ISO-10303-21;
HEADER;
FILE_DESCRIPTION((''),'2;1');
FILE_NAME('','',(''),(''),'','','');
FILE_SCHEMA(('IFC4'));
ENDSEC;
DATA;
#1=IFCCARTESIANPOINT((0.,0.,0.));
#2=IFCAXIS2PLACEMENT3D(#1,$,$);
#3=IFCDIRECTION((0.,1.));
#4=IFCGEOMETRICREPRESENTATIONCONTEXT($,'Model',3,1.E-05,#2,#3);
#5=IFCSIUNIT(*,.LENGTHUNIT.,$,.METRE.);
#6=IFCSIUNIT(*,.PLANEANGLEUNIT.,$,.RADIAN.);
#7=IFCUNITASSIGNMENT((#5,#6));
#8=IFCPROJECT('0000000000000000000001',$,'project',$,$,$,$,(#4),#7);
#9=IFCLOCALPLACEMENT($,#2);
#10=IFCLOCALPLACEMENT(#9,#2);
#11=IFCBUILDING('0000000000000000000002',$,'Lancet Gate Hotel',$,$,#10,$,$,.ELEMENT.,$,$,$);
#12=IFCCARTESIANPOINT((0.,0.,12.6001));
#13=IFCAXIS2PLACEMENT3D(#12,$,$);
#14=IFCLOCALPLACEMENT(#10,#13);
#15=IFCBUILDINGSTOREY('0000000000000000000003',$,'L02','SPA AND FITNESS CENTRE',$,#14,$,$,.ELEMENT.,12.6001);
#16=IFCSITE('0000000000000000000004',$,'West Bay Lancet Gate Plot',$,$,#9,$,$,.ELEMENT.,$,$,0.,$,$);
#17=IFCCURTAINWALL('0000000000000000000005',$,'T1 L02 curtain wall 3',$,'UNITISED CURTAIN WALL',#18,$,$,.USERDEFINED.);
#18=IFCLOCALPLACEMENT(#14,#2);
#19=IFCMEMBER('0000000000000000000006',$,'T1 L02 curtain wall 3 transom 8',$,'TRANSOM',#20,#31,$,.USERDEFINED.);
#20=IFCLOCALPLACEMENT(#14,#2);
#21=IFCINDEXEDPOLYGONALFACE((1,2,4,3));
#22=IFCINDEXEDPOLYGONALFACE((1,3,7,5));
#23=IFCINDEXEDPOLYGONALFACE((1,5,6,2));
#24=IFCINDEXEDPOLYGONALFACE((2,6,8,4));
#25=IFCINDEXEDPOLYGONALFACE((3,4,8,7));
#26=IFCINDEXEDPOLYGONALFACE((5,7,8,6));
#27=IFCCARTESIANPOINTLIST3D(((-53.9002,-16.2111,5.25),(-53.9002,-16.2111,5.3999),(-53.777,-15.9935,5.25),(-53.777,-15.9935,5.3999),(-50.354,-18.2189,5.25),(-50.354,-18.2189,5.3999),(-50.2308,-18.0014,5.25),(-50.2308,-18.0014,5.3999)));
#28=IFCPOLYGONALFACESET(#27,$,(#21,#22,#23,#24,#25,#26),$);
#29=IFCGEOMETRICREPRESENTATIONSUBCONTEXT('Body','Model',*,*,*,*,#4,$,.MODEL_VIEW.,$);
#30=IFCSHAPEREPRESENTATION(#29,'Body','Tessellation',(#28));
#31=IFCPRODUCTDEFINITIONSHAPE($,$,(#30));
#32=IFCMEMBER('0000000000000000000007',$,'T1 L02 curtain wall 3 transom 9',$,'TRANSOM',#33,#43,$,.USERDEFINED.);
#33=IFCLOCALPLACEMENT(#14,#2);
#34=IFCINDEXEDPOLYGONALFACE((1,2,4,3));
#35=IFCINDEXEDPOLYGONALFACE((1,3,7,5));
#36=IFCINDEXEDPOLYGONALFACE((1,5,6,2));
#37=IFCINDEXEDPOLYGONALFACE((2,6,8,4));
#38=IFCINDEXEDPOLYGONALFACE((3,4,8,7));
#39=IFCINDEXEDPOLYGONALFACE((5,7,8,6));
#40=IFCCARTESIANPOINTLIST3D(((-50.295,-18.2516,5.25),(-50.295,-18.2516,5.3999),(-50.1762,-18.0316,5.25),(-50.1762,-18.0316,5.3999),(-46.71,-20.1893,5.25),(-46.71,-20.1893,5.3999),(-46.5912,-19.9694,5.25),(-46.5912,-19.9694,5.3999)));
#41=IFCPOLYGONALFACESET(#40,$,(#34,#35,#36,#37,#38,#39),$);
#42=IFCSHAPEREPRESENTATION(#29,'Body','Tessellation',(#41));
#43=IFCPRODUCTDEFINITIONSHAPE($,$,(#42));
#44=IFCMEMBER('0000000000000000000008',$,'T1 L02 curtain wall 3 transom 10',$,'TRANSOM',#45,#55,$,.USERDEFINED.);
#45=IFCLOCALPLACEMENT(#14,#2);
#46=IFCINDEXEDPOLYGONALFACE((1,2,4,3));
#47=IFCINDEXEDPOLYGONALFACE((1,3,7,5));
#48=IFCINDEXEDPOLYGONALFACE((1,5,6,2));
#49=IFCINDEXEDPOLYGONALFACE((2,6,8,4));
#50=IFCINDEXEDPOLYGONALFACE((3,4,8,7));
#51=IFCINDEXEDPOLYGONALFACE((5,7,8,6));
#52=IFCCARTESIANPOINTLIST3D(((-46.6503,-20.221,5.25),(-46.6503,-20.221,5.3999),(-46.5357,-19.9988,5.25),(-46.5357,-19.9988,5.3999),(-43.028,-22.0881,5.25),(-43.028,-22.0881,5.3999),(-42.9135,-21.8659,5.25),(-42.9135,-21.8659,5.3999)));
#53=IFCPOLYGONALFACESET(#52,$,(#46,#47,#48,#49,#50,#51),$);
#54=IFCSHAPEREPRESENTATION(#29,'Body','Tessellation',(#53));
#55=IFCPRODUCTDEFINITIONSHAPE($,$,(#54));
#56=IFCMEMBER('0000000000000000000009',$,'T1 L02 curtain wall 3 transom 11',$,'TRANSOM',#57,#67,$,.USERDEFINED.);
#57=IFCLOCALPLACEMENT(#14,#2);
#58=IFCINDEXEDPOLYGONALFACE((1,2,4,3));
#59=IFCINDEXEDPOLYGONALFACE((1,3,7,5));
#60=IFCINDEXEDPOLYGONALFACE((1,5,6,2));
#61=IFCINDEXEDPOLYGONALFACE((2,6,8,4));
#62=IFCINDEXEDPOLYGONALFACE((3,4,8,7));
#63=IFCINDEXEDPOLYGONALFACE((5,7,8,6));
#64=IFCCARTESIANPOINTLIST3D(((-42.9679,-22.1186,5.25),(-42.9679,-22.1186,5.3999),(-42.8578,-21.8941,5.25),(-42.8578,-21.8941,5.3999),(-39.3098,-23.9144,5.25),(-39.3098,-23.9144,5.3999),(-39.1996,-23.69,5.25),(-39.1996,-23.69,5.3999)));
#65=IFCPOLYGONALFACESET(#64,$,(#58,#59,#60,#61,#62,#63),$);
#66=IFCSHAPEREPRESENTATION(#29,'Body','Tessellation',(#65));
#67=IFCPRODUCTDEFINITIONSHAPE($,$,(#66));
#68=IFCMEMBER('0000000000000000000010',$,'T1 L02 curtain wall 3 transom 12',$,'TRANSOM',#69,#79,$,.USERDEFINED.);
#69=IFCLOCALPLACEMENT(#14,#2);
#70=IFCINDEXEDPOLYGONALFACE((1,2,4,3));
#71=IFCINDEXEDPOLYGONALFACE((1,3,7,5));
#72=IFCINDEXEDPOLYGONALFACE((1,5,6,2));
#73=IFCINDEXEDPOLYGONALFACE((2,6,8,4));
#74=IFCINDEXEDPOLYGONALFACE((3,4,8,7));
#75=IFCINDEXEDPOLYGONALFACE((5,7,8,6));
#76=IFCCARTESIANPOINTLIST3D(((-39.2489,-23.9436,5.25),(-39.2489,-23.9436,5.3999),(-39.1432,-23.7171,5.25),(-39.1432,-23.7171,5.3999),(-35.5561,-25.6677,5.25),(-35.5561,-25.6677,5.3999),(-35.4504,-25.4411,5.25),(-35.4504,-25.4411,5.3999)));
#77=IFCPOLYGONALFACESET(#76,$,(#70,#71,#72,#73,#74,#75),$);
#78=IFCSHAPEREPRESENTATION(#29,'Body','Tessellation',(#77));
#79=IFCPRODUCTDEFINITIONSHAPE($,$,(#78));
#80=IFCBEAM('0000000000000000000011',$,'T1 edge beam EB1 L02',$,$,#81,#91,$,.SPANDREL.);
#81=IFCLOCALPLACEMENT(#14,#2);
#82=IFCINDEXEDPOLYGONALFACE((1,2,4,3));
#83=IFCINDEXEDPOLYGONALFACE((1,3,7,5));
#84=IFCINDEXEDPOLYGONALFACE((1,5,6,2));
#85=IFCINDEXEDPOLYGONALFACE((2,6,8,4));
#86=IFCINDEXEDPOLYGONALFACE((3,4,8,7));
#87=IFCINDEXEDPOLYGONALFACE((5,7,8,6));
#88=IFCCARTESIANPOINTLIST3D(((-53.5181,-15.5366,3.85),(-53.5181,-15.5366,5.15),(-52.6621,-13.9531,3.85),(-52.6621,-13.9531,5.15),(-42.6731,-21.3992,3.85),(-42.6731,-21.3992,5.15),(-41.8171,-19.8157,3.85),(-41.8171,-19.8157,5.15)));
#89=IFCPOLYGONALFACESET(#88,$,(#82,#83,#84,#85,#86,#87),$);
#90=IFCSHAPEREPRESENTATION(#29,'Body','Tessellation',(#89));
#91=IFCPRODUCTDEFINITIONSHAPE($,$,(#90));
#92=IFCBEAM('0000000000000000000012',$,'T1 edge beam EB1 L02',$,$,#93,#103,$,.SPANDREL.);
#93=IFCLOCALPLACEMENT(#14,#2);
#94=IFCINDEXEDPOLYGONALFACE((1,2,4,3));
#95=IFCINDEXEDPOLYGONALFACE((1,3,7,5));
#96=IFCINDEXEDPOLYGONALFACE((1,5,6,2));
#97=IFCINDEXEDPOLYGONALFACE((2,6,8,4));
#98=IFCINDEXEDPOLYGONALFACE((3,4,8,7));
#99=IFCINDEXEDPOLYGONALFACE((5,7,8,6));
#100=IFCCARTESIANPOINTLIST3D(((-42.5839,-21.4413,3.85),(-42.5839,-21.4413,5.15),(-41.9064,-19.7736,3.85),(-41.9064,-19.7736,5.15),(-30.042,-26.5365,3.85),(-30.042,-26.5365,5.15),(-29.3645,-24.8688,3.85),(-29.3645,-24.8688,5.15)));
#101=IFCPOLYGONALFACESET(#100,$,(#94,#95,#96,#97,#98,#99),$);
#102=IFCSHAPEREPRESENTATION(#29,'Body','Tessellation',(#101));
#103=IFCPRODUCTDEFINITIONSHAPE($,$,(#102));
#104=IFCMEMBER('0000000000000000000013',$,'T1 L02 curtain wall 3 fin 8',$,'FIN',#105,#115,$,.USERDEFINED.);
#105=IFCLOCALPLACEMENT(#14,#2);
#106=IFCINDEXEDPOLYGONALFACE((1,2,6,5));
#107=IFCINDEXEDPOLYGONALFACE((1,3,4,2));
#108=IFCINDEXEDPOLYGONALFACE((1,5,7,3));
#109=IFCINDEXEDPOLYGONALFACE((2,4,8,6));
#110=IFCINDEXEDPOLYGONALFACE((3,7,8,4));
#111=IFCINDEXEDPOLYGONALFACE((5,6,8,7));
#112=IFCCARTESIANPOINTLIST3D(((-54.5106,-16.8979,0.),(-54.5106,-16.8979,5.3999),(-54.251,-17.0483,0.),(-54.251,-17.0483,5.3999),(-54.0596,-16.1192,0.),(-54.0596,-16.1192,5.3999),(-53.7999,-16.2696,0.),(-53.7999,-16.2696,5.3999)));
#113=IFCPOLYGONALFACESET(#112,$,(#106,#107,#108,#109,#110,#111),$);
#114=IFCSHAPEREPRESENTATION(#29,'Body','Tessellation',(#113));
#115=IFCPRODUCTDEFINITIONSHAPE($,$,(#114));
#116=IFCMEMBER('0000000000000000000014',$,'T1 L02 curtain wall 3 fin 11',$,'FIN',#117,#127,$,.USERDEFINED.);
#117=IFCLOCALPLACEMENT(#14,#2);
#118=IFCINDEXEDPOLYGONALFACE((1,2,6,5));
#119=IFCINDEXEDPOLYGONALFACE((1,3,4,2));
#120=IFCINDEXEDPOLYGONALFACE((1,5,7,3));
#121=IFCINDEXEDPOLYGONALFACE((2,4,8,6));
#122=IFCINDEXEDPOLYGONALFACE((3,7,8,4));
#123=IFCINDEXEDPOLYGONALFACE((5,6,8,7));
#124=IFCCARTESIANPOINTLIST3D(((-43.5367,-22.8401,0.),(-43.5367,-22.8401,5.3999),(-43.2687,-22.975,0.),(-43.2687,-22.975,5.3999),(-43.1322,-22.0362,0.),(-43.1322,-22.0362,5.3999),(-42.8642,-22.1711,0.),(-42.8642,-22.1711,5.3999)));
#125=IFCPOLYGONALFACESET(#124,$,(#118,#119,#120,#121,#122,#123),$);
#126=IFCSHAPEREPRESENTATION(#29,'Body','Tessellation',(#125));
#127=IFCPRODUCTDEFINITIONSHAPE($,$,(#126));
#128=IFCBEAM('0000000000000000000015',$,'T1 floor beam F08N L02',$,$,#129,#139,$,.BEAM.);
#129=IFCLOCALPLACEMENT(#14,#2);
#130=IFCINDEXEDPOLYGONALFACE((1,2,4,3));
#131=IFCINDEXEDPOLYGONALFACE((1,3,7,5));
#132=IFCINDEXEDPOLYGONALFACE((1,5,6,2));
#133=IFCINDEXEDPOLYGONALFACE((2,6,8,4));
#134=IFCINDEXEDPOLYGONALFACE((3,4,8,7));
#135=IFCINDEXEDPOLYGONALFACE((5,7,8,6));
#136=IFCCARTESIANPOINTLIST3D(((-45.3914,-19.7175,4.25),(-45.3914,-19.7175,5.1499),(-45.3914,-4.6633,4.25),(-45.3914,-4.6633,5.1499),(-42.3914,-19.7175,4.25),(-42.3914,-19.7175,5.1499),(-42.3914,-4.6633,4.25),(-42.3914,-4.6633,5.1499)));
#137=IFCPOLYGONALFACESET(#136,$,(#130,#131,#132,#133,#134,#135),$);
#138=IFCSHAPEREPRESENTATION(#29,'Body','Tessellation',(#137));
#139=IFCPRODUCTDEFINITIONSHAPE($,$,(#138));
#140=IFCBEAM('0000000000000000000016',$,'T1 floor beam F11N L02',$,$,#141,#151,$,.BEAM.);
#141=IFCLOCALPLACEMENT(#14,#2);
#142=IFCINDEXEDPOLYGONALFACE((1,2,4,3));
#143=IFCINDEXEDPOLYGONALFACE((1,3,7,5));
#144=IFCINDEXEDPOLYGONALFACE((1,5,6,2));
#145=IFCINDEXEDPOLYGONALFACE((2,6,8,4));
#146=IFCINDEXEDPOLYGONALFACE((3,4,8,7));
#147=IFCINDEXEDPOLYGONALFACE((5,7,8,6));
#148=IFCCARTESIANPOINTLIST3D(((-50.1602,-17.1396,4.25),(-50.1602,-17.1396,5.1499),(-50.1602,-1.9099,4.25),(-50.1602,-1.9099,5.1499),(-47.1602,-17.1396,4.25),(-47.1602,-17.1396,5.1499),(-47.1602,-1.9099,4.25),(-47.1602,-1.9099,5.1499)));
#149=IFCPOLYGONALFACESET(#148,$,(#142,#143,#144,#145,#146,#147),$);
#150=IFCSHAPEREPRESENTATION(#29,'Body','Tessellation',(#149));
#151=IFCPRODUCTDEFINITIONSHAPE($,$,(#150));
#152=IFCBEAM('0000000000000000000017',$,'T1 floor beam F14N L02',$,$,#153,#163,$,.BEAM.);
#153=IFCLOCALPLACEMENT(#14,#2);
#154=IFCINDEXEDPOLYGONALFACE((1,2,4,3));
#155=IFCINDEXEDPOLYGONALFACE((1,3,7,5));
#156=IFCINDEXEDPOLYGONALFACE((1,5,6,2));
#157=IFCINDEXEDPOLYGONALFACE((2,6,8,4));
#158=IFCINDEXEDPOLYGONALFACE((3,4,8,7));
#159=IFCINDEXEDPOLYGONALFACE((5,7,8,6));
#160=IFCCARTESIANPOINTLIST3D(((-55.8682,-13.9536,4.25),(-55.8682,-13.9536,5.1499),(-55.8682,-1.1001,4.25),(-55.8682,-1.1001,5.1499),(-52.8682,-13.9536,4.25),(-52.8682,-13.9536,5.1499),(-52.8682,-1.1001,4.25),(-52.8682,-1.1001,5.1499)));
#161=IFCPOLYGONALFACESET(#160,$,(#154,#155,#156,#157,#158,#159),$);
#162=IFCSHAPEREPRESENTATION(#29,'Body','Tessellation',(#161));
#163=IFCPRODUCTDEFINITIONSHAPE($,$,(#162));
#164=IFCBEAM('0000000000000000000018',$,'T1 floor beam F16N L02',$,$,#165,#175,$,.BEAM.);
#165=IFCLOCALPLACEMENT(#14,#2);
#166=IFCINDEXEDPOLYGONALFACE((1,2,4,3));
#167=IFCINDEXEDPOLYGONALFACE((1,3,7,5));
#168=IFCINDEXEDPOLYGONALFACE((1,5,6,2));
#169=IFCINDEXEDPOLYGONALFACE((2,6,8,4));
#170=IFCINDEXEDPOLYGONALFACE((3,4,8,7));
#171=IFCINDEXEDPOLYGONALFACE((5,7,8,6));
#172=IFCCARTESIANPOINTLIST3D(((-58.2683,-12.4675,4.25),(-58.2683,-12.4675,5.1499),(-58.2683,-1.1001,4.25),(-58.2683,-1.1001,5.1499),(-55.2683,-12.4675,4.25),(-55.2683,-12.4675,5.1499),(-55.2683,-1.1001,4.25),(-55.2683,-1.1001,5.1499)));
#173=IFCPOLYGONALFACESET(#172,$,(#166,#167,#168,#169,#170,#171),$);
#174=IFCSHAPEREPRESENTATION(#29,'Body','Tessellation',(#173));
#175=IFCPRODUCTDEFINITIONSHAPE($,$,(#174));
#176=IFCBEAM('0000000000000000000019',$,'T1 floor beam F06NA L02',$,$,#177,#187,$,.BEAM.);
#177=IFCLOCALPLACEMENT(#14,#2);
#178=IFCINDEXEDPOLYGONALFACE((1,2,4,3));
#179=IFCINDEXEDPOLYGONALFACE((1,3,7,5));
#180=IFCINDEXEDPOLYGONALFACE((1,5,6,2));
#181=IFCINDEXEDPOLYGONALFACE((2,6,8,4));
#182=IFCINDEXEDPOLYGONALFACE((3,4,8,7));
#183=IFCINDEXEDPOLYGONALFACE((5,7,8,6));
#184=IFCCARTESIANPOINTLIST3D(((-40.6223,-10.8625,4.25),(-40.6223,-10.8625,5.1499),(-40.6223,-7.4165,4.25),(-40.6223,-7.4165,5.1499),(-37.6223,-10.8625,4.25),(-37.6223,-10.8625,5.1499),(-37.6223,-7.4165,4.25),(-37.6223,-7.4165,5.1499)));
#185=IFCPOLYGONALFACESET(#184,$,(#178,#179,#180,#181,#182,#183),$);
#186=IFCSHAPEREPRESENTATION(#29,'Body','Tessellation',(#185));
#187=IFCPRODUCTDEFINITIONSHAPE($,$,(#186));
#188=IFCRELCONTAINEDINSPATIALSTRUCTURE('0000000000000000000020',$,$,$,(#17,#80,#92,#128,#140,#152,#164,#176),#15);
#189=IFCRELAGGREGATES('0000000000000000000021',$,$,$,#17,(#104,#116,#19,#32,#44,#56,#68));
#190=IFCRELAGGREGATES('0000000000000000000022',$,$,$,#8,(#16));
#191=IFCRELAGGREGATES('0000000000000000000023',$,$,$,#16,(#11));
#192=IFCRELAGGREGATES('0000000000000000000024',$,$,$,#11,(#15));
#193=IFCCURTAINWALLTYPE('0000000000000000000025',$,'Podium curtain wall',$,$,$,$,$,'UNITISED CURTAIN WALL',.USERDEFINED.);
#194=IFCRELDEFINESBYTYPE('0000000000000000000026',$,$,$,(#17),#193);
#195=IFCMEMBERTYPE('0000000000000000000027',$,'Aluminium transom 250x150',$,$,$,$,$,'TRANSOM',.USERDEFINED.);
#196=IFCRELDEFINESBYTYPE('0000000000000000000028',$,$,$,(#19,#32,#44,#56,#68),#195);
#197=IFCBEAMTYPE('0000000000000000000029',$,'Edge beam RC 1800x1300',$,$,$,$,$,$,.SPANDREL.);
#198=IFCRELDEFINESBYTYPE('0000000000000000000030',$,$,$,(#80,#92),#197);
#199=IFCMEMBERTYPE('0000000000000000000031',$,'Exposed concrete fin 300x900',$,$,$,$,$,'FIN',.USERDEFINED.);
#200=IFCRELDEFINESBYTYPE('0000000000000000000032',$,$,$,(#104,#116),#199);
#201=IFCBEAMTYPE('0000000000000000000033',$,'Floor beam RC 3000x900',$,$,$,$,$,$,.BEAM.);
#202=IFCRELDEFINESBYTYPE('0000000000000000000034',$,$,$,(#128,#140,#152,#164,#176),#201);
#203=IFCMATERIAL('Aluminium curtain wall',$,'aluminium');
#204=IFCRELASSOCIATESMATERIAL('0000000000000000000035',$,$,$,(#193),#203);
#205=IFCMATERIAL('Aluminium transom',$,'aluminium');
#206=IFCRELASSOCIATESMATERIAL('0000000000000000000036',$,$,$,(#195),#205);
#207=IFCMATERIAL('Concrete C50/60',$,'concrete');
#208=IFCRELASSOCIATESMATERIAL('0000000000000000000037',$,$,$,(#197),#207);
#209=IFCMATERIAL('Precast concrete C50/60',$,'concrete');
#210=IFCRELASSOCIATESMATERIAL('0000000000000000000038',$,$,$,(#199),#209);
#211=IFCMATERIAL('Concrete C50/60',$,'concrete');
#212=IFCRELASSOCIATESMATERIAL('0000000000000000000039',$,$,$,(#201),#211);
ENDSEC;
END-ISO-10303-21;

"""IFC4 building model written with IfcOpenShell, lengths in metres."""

from ifc_helpers import new_model, si_unit, direction, frame, origin, origin_2d, place, context, subcontext, project, spatial, rectangle, extrude, material, material_profile, profile_set, type_object, element, aggregate, save


model = new_model("IFC4")

# Units and contexts
model_context = context("Model", 3, precision=1e-05, world=origin(), true_north=direction((0.0, 1.0)))
body_context = subcontext(model_context, "Body", "Model", "MODEL_VIEW")
ifc_project = project(units=[si_unit("LENGTHUNIT", "METRE"), si_unit("PLANEANGLEUNIT", "RADIAN")], contexts=[model_context])

# Site, building, storey
site_placement = place(None, origin())
site = spatial("IfcSite", under=ifc_project, at=site_placement, Name="West Bay Lancet Gate Plot", CompositionType="ELEMENT", RefElevation=0.0)
building_placement = place(site_placement, origin())
building = spatial("IfcBuilding", under=site, at=building_placement, Name="Lancet Gate Hotel", CompositionType="ELEMENT")
storey_placement = place(building_placement, frame((0.0, 0.0, 12.6001)))
storey = spatial("IfcBuildingStorey", under=building, at=storey_placement, Name="L02", Description="SPA AND FITNESS CENTRE", CompositionType="ELEMENT", Elevation=12.6001)

# Curtain wall, members
ifc_material_1 = material(Name="Aluminium curtain wall", Category="aluminium")
curtain_wall_type = type_object("IfcCurtainWallType", Name="Podium curtain wall", ElementType="UNITISED CURTAIN WALL", PredefinedType="USERDEFINED", material=ifc_material_1)
curtain_wall_placement = place(storey_placement, origin())
curtain_wall = element("IfcCurtainWall", 1, at=curtain_wall_placement, inside=storey, type_object=curtain_wall_type, Name="T1 L02 curtain wall 3", ObjectType="UNITISED CURTAIN WALL", PredefinedType="USERDEFINED")
ifc_material_2 = material(Name="Aluminium transom", Category="aluminium")
ifc_material_profile_1 = material_profile(ifc_material_2, rectangle(XDim=0.25, YDim=0.1499, at=origin_2d()), Name="TRANSOM 250x150")
ifc_profile_set_1 = profile_set([ifc_material_profile_1], Name="Aluminium transom")
member_type_1 = type_object("IfcMemberType", Name="Aluminium transom 250x150", ElementType="TRANSOM", PredefinedType="USERDEFINED", material=ifc_profile_set_1)
member_1_placement = place(storey_placement, frame((-53.8386, -16.1023, 5.325), z_axis=(0.870198, -0.492703, 0.0), x_axis=(0.492703, 0.870198, 0.0)))
member_1 = element("IfcMember", 2, at=member_1_placement, type_object=member_type_1, Name="T1 L02 curtain wall 3 transom 8", ObjectType="TRANSOM", PredefinedType="USERDEFINED", context=body_context, shape_type="SweptSolid", body=[
    extrude(rectangle(XDim=0.25, YDim=0.1499, at=origin_2d()), origin(), (0.0, 0.0, 1.0), 4.0752),
])
member_2_placement = place(storey_placement, frame((-50.2356, -18.1416, 5.325), z_axis=(0.879714, -0.475503, 0.0), x_axis=(0.475503, 0.879714, 0.0)))
member_2 = element("IfcMember", 3, at=member_2_placement, type_object=member_type_1, Name="T1 L02 curtain wall 3 transom 9", ObjectType="TRANSOM", PredefinedType="USERDEFINED", context=body_context, shape_type="SweptSolid", body=[
    extrude(rectangle(XDim=0.25, YDim=0.1499, at=origin_2d()), origin(), (0.0, 0.0, 1.0), 4.0752),
])
member_3_placement = place(storey_placement, frame((-46.593, -20.1099, 5.325), z_axis=(0.88886, -0.458179, 0.0), x_axis=(0.458179, 0.88886, 0.0)))
member_3 = element("IfcMember", 4, at=member_3_placement, type_object=member_type_1, Name="T1 L02 curtain wall 3 transom 10", ObjectType="TRANSOM", PredefinedType="USERDEFINED", context=body_context, shape_type="SweptSolid", body=[
    extrude(rectangle(XDim=0.25, YDim=0.1499, at=origin_2d()), origin(), (0.0, 0.0, 1.0), 4.0752),
])
member_4_placement = place(storey_placement, frame((-42.9128, -22.0063, 5.325), z_axis=(0.897662, -0.440684, 0.0), x_axis=(0.440684, 0.897662, 0.0)))
member_4 = element("IfcMember", 5, at=member_4_placement, type_object=member_type_1, Name="T1 L02 curtain wall 3 transom 11", ObjectType="TRANSOM", PredefinedType="USERDEFINED", context=body_context, shape_type="SweptSolid", body=[
    extrude(rectangle(XDim=0.25, YDim=0.1499, at=origin_2d()), origin(), (0.0, 0.0, 1.0), 4.0752),
])
member_5_placement = place(storey_placement, frame((-39.196, -23.8303, 5.325), z_axis=(0.90611, -0.423043, 0.0), x_axis=(0.423043, 0.90611, 0.0)))
member_5 = element("IfcMember", 6, at=member_5_placement, type_object=member_type_1, Name="T1 L02 curtain wall 3 transom 12", ObjectType="TRANSOM", PredefinedType="USERDEFINED", context=body_context, shape_type="SweptSolid", body=[
    extrude(rectangle(XDim=0.25, YDim=0.1499, at=origin_2d()), origin(), (0.0, 0.0, 1.0), 4.0754),
])

# Beams
ifc_material_3 = material(Name="Concrete C50/60", Category="concrete")
ifc_material_profile_2 = material_profile(ifc_material_3, rectangle(XDim=1.8, YDim=1.3, at=origin_2d()), Name="RC 1800x1300")
ifc_profile_set_2 = profile_set([ifc_material_profile_2], Name="Concrete C50/60")
beam_type_1 = type_object("IfcBeamType", Name="Edge beam RC 1800x1300", PredefinedType="SPANDREL", material=ifc_profile_set_2)
beam_1_placement = place(storey_placement, frame((-53.0901, -14.7449, 4.5), z_axis=(0.879693, -0.475542, 0.0), x_axis=(0.475542, 0.879693, 0.0)))
element("IfcBeam", 7, at=beam_1_placement, inside=storey, type_object=beam_type_1, Name="T1 edge beam EB1 L02", PredefinedType="SPANDREL", context=body_context, shape_type="SweptSolid", body=[
    extrude(rectangle(XDim=1.8, YDim=1.3, at=origin_2d()), origin(), (0.0, 0.0, 1.0), 12.3281),
])
beam_2_placement = place(storey_placement, frame((-42.2451, -20.6074, 4.5), z_axis=(0.926463, -0.376385, 0.0), x_axis=(0.376385, 0.926463, 0.0)))
element("IfcBeam", 8, at=beam_2_placement, inside=storey, type_object=beam_type_1, Name="T1 edge beam EB1 L02", PredefinedType="SPANDREL", context=body_context, shape_type="SweptSolid", body=[
    extrude(rectangle(XDim=1.8, YDim=1.3, at=origin_2d()), origin(), (0.0, 0.0, 1.0), 13.5374),
])

# Members
ifc_material_4 = material(Name="Precast concrete C50/60", Category="concrete")
ifc_material_profile_3 = material_profile(ifc_material_4, rectangle(XDim=0.3, YDim=0.8999, at=origin_2d()), Name="FIN 300x900")
ifc_profile_set_3 = profile_set([ifc_material_profile_3], Name="Precast concrete C50/60")
member_type_2 = type_object("IfcMemberType", Name="Exposed concrete fin 300x900", ElementType="FIN", PredefinedType="USERDEFINED", material=ifc_profile_set_3)
member_6_placement = place(storey_placement, frame((-54.1553, -16.5837, 0.0), z_axis=(0.0, 0.0, 1.0), x_axis=(0.865335, -0.501194, 0.0)))
member_6 = element("IfcMember", 9, at=member_6_placement, type_object=member_type_2, Name="T1 L02 curtain wall 3 fin 8", ObjectType="FIN", PredefinedType="USERDEFINED", context=body_context, shape_type="SweptSolid", body=[
    extrude(rectangle(XDim=0.3, YDim=0.8999, at=origin_2d()), origin(), (0.0, 0.0, 1.0), 5.3999),
])
member_7_placement = place(storey_placement, frame((-43.2004, -22.5056, 0.0), z_axis=(0.0, 0.0, 1.0), x_axis=(0.893292, -0.449478, 0.0)))
member_7 = element("IfcMember", 10, at=member_7_placement, type_object=member_type_2, Name="T1 L02 curtain wall 3 fin 11", ObjectType="FIN", PredefinedType="USERDEFINED", context=body_context, shape_type="SweptSolid", body=[
    extrude(rectangle(XDim=0.3, YDim=0.8999, at=origin_2d()), origin(), (0.0, 0.0, 1.0), 5.3999),
])

# Beams
ifc_material_5 = material(Name="Concrete C50/60", Category="concrete")
ifc_material_profile_4 = material_profile(ifc_material_5, rectangle(XDim=3.0, YDim=0.8999, at=origin_2d()), Name="RC 3000x900")
ifc_profile_set_4 = profile_set([ifc_material_profile_4], Name="Concrete C50/60")
beam_type_2 = type_object("IfcBeamType", Name="Floor beam RC 3000x900", PredefinedType="BEAM", material=ifc_profile_set_4)
beam_3_placement = place(storey_placement, frame((-43.8914, -4.6633, 4.7), z_axis=(0.0, -1.0, 0.0), x_axis=(1.0, 0.0, 0.0)))
element("IfcBeam", 11, at=beam_3_placement, inside=storey, type_object=beam_type_2, Name="T1 floor beam F08N L02", PredefinedType="BEAM", context=body_context, shape_type="SweptSolid", body=[
    extrude(rectangle(XDim=3.0, YDim=0.8999, at=origin_2d()), origin(), (0.0, 0.0, 1.0), 15.0542),
])
beam_4_placement = place(storey_placement, frame((-48.6602, -1.9099, 4.7), z_axis=(0.0, -1.0, 0.0), x_axis=(1.0, 0.0, 0.0)))
element("IfcBeam", 12, at=beam_4_placement, inside=storey, type_object=beam_type_2, Name="T1 floor beam F11N L02", PredefinedType="BEAM", context=body_context, shape_type="SweptSolid", body=[
    extrude(rectangle(XDim=3.0, YDim=0.8999, at=origin_2d()), origin(), (0.0, 0.0, 1.0), 15.2297),
])
beam_5_placement = place(storey_placement, frame((-54.3682, -1.1001, 4.7), z_axis=(0.0, -1.0, 0.0), x_axis=(1.0, 0.0, 0.0)))
element("IfcBeam", 13, at=beam_5_placement, inside=storey, type_object=beam_type_2, Name="T1 floor beam F14N L02", PredefinedType="BEAM", context=body_context, shape_type="SweptSolid", body=[
    extrude(rectangle(XDim=3.0, YDim=0.8999, at=origin_2d()), origin(), (0.0, 0.0, 1.0), 12.8535),
])
beam_6_placement = place(storey_placement, frame((-56.7683, -1.1001, 4.7), z_axis=(0.0, -1.0, 0.0), x_axis=(1.0, 0.0, 0.0)))
element("IfcBeam", 14, at=beam_6_placement, inside=storey, type_object=beam_type_2, Name="T1 floor beam F16N L02", PredefinedType="BEAM", context=body_context, shape_type="SweptSolid", body=[
    extrude(rectangle(XDim=3.0, YDim=0.8999, at=origin_2d()), origin(), (0.0, 0.0, 1.0), 11.3674),
])
beam_7_placement = place(storey_placement, frame((-39.1223, -7.4165, 4.7), z_axis=(0.0, -1.0, 0.0), x_axis=(1.0, 0.0, 0.0)))
element("IfcBeam", 15, at=beam_7_placement, inside=storey, type_object=beam_type_2, Name="T1 floor beam F06NA L02", PredefinedType="BEAM", context=body_context, shape_type="SweptSolid", body=[
    extrude(rectangle(XDim=3.0, YDim=0.8999, at=origin_2d()), origin(), (0.0, 0.0, 1.0), 3.446),
])

aggregate(curtain_wall, [member_6, member_7, member_1, member_2, member_3, member_4, member_5])

save(model, "model.ifc")
